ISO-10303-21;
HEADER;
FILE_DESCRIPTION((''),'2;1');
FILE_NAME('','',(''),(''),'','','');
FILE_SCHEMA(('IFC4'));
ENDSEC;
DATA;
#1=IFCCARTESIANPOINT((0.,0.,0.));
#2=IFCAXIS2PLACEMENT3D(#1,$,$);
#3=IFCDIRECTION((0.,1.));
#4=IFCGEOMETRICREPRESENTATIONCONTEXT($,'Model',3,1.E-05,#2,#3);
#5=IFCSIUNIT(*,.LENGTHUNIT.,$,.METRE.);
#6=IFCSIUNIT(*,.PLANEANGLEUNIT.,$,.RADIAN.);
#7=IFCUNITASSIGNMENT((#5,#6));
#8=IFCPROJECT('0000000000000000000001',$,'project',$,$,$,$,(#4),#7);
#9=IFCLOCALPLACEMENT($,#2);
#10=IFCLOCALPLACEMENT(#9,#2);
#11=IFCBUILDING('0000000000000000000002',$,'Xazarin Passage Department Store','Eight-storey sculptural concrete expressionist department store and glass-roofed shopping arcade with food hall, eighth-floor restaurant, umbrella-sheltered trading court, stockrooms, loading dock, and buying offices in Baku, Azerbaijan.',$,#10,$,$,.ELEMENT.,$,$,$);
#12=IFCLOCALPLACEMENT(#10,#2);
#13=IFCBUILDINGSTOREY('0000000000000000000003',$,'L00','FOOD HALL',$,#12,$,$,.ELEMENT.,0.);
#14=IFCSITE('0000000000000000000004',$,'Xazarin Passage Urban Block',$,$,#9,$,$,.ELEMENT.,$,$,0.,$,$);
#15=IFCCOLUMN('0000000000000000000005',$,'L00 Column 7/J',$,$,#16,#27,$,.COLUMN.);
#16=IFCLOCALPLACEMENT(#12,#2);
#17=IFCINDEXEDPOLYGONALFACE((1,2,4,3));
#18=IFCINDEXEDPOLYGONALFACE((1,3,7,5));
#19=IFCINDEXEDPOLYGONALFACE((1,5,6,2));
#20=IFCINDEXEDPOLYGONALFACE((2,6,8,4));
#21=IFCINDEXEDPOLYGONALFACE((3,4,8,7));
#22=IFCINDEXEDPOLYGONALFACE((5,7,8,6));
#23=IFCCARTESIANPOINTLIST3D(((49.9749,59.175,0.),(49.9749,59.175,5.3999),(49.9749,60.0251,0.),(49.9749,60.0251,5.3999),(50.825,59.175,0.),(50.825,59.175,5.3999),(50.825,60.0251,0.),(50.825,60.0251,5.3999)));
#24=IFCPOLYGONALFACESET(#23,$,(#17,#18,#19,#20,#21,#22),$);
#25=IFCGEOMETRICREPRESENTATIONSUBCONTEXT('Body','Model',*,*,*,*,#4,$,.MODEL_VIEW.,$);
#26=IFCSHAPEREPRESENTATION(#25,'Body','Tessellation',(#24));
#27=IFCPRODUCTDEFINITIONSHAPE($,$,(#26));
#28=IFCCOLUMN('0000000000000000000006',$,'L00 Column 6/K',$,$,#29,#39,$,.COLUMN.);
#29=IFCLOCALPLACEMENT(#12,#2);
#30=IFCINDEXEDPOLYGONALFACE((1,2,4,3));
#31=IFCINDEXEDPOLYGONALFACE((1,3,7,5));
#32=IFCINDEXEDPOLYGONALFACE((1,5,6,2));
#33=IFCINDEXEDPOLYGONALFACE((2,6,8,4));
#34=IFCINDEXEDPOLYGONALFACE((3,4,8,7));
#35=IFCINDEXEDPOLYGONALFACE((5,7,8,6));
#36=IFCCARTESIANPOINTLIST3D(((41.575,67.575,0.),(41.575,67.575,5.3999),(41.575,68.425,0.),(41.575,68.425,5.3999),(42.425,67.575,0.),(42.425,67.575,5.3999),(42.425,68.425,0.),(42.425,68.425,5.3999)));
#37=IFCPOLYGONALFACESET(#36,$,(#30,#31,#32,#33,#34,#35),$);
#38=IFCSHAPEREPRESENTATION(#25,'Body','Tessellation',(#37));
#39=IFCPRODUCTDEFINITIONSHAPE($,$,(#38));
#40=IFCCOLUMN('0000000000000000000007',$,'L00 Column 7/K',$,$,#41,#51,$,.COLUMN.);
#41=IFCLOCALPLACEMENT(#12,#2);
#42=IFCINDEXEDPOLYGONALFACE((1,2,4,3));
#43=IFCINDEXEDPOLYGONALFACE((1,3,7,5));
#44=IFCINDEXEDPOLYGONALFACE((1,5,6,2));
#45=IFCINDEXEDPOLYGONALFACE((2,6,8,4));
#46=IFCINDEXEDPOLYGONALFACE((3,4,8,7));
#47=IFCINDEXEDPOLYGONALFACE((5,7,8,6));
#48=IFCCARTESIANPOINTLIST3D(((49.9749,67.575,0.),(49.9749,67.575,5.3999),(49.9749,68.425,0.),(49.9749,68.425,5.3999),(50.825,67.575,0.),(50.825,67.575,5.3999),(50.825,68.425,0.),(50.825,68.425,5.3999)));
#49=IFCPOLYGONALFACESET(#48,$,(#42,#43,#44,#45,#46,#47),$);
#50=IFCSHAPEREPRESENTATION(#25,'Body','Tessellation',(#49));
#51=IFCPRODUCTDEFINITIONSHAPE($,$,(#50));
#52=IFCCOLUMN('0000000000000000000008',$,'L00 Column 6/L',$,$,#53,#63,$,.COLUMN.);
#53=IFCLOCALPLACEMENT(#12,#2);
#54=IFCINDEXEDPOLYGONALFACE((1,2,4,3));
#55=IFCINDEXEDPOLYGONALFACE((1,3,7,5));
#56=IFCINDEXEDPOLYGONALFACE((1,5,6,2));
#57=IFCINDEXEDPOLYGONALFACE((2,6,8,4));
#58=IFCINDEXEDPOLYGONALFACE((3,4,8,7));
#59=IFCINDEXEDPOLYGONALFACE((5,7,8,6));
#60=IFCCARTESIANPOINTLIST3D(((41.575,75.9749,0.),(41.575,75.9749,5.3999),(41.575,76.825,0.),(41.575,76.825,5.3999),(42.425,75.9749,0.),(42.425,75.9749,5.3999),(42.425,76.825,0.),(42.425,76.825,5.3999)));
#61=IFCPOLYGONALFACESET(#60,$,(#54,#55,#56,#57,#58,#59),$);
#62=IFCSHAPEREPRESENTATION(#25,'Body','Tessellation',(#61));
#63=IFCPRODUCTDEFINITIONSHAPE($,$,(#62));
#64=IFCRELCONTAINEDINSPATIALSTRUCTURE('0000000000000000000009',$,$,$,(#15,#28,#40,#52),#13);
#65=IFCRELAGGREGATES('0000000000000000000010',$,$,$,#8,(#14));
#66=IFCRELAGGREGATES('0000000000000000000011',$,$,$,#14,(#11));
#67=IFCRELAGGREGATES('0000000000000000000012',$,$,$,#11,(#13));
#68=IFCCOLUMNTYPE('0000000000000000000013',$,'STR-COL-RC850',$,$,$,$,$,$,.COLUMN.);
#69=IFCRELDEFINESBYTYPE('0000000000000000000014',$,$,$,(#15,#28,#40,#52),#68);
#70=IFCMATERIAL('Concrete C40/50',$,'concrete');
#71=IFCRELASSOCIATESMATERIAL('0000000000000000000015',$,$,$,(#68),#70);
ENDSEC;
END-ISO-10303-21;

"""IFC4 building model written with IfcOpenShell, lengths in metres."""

from ifc_helpers import new_model, si_unit, direction, frame, origin, origin_2d, place, context, subcontext, project, spatial, rectangle, extrude, material, material_profile, profile_set, type_object, element, save


model = new_model("IFC4")

# Units and contexts
model_context = context("Model", 3, precision=1e-05, world=origin(), true_north=direction((0.0, 1.0)))
body_context = subcontext(model_context, "Body", "Model", "MODEL_VIEW")
ifc_project = project(units=[si_unit("LENGTHUNIT", "METRE"), si_unit("PLANEANGLEUNIT", "RADIAN")], contexts=[model_context])

# Site, building, storey
site_placement = place(None, origin())
site = spatial("IfcSite", under=ifc_project, at=site_placement, Name="Xazarin Passage Urban Block", CompositionType="ELEMENT", RefElevation=0.0)
building_placement = place(site_placement, origin())
building = spatial("IfcBuilding", under=site, at=building_placement, Name="Xazarin Passage Department Store", Description="Eight-storey sculptural concrete expressionist department store and glass-roofed shopping arcade with food hall, eighth-floor restaurant, umbrella-sheltered trading court, stockrooms, loading dock, and buying offices in Baku, Azerbaijan.", CompositionType="ELEMENT")
storey_placement = place(building_placement, origin())
storey = spatial("IfcBuildingStorey", under=building, at=storey_placement, Name="L00", Description="FOOD HALL", CompositionType="ELEMENT", Elevation=0.0)

# Columns
ifc_material_1 = material(Name="Concrete C40/50", Category="concrete")
ifc_material_profile_1 = material_profile(ifc_material_1, rectangle(XDim=0.8501, YDim=0.8501, at=origin_2d()), Name="RC 850x850")
ifc_profile_set_1 = profile_set([ifc_material_profile_1], Name="Concrete C40/50")
column_type = type_object("IfcColumnType", Name="STR-COL-RC850", PredefinedType="COLUMN", material=ifc_profile_set_1)
for number, where, z_axis, x_axis, name in (
    (1, (50.3999, 59.6001, 0.0), (0.0, 0.0, 1.0), (1.0, 0.0, 0.0), "L00 Column 7/J"),
    (2, (42.0, 68.0, 0.0), (0.0, 0.0, 1.0), (1.0, 0.0, 0.0), "L00 Column 6/K"),
    (3, (50.3999, 68.0, 0.0), (0.0, 0.0, 1.0), (1.0, 0.0, 0.0), "L00 Column 7/K"),
    (4, (42.0, 76.3999, 0.0), (0.0, 0.0, 1.0), (1.0, 0.0, 0.0), "L00 Column 6/L"),
):
    element("IfcColumn", number, at=place(storey_placement, frame(where, z_axis=z_axis, x_axis=x_axis)), inside=storey, type_object=column_type, Name=name, PredefinedType="COLUMN", context=body_context, shape_type="SweptSolid", body=[
        extrude(rectangle(XDim=0.8501, YDim=0.8501, at=origin_2d()), origin(), (0.0, 0.0, 1.0), 5.3999),
    ])

save(model, "model.ifc")
